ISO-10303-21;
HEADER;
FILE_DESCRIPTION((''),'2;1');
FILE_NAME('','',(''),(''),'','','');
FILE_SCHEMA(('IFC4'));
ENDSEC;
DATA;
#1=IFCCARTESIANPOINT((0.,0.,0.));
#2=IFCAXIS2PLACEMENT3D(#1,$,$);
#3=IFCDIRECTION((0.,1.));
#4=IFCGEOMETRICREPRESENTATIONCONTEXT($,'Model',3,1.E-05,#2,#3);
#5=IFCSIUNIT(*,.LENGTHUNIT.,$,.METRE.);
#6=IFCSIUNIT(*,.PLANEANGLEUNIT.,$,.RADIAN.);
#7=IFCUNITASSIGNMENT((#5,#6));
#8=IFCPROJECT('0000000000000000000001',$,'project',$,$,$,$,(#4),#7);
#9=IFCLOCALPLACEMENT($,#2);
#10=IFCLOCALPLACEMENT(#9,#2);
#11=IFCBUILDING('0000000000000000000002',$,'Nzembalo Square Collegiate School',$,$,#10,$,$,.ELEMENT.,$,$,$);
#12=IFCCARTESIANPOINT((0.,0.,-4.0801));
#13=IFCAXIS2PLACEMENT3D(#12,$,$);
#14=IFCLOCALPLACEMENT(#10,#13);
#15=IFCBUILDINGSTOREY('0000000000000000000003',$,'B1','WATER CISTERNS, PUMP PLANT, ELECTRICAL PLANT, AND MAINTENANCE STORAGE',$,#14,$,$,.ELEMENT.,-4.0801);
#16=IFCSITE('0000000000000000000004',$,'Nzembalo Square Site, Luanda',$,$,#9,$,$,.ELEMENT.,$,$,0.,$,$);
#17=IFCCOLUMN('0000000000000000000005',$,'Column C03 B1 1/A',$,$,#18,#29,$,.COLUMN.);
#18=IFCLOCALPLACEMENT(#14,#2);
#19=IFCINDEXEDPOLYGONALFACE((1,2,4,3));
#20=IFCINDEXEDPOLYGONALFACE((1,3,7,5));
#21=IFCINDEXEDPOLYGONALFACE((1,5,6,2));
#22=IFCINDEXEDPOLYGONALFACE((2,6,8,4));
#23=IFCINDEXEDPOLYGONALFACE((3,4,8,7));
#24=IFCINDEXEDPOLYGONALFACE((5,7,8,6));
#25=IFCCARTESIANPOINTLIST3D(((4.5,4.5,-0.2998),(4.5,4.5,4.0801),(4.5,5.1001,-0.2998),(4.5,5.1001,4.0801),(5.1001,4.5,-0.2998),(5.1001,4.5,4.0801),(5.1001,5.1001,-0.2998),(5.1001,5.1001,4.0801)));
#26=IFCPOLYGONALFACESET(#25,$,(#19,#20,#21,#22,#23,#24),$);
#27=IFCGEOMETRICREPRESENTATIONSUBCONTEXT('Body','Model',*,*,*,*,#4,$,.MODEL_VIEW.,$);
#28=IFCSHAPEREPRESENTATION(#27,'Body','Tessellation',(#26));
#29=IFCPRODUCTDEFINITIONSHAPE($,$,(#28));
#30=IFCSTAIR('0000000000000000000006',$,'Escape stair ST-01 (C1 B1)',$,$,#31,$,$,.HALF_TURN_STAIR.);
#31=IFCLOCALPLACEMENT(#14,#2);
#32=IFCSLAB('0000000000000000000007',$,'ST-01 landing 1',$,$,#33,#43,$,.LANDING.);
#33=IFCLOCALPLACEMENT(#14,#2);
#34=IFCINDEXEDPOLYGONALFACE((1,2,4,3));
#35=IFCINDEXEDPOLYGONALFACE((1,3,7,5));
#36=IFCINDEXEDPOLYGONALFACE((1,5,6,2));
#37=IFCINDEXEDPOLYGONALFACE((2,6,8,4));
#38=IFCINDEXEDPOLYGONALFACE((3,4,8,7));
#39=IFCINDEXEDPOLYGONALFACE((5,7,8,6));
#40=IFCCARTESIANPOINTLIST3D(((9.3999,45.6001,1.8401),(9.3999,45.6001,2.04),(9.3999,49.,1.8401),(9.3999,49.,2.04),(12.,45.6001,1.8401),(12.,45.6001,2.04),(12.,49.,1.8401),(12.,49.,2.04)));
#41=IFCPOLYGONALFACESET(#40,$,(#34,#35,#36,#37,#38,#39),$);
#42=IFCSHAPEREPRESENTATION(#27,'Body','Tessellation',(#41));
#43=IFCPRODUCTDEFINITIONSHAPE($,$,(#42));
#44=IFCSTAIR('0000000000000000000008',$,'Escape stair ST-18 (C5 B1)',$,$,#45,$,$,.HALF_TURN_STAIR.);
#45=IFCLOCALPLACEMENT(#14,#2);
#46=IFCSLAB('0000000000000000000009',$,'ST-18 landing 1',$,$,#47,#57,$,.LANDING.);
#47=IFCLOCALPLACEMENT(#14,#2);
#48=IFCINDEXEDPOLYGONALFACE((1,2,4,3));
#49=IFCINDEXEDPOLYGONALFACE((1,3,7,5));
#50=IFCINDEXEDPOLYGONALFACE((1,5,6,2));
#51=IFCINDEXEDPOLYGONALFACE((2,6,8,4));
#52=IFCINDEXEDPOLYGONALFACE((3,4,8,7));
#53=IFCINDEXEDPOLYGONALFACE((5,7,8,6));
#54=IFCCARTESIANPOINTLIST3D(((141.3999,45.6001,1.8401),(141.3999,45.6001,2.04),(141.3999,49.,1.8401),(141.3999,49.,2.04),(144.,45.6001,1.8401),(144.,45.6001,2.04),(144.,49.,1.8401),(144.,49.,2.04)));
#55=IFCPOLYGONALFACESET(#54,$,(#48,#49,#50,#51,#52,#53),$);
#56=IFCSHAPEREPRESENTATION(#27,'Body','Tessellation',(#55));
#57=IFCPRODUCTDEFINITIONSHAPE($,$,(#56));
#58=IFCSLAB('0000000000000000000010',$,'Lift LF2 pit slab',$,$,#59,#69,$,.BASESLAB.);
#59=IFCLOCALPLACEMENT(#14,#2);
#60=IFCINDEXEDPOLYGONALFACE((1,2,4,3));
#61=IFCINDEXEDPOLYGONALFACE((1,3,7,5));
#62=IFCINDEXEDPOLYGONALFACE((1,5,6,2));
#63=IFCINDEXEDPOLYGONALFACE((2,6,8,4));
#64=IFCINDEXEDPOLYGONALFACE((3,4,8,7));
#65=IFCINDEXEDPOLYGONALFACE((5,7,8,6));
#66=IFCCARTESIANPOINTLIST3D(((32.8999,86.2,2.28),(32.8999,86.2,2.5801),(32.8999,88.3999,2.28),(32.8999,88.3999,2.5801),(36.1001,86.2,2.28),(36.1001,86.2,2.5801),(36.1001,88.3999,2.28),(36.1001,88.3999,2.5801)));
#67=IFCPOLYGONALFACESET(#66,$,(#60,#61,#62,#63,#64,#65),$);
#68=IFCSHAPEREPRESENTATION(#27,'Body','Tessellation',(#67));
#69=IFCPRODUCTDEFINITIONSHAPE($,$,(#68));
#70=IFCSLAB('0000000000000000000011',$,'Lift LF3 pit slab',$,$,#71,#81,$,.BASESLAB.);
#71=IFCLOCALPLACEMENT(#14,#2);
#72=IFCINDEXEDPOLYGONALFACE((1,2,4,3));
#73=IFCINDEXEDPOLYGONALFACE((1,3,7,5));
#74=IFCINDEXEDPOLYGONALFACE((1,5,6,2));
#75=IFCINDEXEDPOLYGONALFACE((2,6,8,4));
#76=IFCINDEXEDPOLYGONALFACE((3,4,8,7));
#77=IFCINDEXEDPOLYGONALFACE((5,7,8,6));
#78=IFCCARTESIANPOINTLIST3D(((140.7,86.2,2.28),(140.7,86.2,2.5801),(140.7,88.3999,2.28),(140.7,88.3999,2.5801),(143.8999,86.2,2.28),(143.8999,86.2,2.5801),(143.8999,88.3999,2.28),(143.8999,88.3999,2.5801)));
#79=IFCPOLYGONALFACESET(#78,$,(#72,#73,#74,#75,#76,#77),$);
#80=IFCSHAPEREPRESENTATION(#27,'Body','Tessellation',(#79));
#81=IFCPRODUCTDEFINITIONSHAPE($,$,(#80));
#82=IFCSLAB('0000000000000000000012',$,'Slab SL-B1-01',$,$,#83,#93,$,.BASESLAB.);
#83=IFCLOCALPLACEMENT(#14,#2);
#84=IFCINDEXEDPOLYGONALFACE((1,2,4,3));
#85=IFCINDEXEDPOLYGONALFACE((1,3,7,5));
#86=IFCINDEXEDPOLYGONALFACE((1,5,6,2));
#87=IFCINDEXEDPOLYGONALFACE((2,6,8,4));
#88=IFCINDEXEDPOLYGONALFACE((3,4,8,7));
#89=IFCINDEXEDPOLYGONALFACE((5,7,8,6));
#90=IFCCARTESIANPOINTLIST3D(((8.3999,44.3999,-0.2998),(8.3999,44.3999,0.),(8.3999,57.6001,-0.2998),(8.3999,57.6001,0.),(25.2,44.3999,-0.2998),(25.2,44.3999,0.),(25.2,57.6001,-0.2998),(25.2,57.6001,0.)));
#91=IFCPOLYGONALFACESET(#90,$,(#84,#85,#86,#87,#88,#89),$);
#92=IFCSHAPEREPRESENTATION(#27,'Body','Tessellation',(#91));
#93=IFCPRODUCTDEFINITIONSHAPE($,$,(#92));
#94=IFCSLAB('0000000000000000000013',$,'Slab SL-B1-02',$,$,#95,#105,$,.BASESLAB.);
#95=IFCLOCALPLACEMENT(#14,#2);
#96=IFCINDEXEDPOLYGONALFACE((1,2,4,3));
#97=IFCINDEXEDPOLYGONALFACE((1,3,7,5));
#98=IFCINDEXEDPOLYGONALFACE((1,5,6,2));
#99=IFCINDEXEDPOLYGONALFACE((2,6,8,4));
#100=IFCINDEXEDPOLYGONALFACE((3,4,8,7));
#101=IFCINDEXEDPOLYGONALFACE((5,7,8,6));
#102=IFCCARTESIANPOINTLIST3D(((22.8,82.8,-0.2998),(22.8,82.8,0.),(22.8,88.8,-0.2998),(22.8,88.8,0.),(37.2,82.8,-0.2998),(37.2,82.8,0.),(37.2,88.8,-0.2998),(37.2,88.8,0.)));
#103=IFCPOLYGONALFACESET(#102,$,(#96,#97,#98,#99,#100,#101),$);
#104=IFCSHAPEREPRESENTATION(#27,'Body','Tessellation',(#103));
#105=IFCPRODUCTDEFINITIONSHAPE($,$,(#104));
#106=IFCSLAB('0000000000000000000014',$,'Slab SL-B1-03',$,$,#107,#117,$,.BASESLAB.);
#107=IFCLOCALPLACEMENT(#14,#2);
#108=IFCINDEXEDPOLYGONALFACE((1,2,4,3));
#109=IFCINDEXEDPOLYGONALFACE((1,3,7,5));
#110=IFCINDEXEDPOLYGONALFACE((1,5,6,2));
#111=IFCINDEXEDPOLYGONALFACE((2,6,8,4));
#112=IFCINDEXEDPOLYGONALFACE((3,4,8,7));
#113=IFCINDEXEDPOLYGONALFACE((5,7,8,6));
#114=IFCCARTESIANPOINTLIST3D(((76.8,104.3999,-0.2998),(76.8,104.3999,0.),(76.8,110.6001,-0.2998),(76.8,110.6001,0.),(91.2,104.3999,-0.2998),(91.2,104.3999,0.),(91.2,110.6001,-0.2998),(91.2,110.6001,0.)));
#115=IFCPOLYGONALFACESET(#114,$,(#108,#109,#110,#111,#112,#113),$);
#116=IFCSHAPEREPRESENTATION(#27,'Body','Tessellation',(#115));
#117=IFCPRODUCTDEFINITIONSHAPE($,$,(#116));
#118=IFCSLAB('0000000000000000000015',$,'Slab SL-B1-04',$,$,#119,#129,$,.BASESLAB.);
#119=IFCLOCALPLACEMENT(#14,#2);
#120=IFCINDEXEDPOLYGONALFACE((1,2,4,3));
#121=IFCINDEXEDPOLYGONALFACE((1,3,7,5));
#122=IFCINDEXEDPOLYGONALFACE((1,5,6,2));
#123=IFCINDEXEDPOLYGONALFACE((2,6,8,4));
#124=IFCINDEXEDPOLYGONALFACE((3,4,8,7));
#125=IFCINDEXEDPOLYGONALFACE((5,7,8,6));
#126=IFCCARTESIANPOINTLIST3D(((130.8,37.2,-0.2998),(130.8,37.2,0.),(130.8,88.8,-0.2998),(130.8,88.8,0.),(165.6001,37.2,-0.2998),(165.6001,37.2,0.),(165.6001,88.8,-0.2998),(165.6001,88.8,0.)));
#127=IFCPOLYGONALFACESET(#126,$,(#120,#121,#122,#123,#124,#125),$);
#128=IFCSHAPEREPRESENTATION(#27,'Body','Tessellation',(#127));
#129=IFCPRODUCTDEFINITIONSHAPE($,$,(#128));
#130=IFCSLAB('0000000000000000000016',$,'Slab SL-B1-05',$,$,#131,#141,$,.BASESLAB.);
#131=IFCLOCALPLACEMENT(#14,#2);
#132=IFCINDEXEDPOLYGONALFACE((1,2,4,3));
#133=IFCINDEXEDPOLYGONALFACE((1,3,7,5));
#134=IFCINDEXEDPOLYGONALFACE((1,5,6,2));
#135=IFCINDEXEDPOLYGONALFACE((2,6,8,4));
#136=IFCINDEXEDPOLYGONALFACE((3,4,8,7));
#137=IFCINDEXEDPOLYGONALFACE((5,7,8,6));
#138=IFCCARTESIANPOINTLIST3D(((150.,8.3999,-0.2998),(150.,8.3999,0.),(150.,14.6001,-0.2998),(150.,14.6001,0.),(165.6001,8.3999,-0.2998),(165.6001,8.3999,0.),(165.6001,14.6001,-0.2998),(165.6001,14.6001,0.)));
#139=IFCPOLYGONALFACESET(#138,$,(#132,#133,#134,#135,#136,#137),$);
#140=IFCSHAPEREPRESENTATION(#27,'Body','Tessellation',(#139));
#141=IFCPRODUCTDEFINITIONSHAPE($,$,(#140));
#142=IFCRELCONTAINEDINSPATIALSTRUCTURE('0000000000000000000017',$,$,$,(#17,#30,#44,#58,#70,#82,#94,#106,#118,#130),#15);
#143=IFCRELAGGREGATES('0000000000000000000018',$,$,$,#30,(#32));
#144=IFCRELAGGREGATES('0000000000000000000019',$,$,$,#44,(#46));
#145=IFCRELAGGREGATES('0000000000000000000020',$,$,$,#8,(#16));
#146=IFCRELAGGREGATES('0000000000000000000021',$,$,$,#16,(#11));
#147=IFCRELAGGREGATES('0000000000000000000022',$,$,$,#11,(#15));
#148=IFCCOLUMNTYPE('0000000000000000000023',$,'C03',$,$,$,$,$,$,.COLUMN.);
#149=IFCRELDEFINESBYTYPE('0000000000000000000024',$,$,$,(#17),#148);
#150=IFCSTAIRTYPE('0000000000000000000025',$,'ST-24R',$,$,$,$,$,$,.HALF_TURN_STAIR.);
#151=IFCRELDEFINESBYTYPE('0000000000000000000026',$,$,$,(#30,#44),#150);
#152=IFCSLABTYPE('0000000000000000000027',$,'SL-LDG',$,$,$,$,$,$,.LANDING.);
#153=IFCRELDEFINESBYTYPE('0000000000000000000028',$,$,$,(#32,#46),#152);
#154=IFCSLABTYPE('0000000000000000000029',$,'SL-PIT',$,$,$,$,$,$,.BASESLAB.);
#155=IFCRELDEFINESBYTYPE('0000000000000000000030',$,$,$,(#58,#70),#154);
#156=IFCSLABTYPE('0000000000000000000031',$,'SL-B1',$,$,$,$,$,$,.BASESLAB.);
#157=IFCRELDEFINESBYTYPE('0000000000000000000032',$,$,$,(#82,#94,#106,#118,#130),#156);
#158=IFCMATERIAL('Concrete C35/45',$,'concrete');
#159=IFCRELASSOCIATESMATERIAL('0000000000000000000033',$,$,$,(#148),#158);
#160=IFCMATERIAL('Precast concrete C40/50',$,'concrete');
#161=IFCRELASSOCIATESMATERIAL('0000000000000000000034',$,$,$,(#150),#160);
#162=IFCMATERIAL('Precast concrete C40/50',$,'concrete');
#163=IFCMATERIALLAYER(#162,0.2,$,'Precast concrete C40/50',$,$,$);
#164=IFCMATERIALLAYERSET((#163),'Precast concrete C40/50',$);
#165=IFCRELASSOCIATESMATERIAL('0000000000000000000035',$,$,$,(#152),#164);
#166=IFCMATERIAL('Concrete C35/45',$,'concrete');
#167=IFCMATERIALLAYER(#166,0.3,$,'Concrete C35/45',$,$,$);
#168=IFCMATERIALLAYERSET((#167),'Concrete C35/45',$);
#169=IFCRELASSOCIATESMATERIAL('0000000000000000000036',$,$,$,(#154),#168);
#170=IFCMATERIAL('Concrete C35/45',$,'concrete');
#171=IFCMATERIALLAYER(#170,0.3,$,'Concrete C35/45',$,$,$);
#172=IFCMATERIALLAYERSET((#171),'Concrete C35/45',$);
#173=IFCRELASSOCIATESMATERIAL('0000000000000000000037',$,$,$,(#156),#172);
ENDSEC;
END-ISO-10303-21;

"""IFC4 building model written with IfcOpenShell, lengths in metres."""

from ifc_helpers import new_model, si_unit, direction, frame, origin, origin_2d, place, context, subcontext, project, spatial, polyline, rectangle, outline, extrude, material, layer, layer_set, material_profile, profile_set, type_object, element, aggregate, save


model = new_model("IFC4")

# Units and contexts
model_context = context("Model", 3, precision=1e-05, world=origin(), true_north=direction((0.0, 1.0)))
body_context = subcontext(model_context, "Body", "Model", "MODEL_VIEW")
ifc_project = project(units=[si_unit("LENGTHUNIT", "METRE"), si_unit("PLANEANGLEUNIT", "RADIAN")], contexts=[model_context])

# Site, building, storey
site_placement = place(None, origin())
site = spatial("IfcSite", under=ifc_project, at=site_placement, Name="Nzembalo Square Site, Luanda", CompositionType="ELEMENT", RefElevation=0.0)
building_placement = place(site_placement, origin())
building = spatial("IfcBuilding", under=site, at=building_placement, Name="Nzembalo Square Collegiate School", CompositionType="ELEMENT")
storey_placement = place(building_placement, frame((0.0, 0.0, -4.0801)))
storey = spatial("IfcBuildingStorey", under=building, at=storey_placement, Name="B1", Description="WATER CISTERNS, PUMP PLANT, ELECTRICAL PLANT, AND MAINTENANCE STORAGE", CompositionType="ELEMENT", Elevation=-4.0801)

# Column
ifc_material_1 = material(Name="Concrete C35/45", Category="concrete")
ifc_material_profile_1 = material_profile(ifc_material_1, rectangle(XDim=0.6001, YDim=0.6001, at=origin_2d()), Name="RC 600x600")
ifc_profile_set_1 = profile_set([ifc_material_profile_1], Name="Concrete C35/45")
column_type = type_object("IfcColumnType", Name="C03", PredefinedType="COLUMN", material=ifc_profile_set_1)
column_placement = place(storey_placement, frame((4.8, 4.8, -0.2998), z_axis=(0.0, 0.0, 1.0), x_axis=(1.0, 0.0, 0.0)))
element("IfcColumn", 1, at=column_placement, inside=storey, type_object=column_type, Name="Column C03 B1 1/A", PredefinedType="COLUMN", context=body_context, shape_type="SweptSolid", body=[
    extrude(rectangle(XDim=0.6001, YDim=0.6001, at=origin_2d()), origin(), (0.0, 0.0, 1.0), 4.3799),
])

# Stairs, slabs
ifc_material_2 = material(Name="Precast concrete C40/50", Category="concrete")
stair_type = type_object("IfcStairType", Name="ST-24R", PredefinedType="HALF_TURN_STAIR", material=ifc_material_2)
stair_1_placement = place(storey_placement, origin())
stair_1 = element("IfcStair", 2, at=stair_1_placement, inside=storey, type_object=stair_type, Name="Escape stair ST-01 (C1 B1)", PredefinedType="HALF_TURN_STAIR")
ifc_material_3 = material(Name="Precast concrete C40/50", Category="concrete")
ifc_layer_1 = layer(ifc_material_3, 0.2, Name="Precast concrete C40/50")
ifc_layer_set_1 = layer_set([ifc_layer_1], Name="Precast concrete C40/50")
slab_type_1 = type_object("IfcSlabType", Name="SL-LDG", PredefinedType="LANDING", material=ifc_layer_set_1)
slab_1_placement = place(storey_placement, frame((0.0, 0.0, 1.8401)))
slab_1 = element("IfcSlab", 3, at=slab_1_placement, type_object=slab_type_1, Name="ST-01 landing 1", PredefinedType="LANDING", context=body_context, shape_type="SweptSolid", body=[
    extrude(outline(polyline([(12.0, 49.0), (9.3999, 49.0), (9.3999, 45.6001), (12.0, 45.6001), (12.0, 49.0)])), origin(), (0.0, 0.0, 1.0), 0.2),
])
aggregate(stair_1, [slab_1])
stair_2_placement = place(storey_placement, origin())
stair_2 = element("IfcStair", 4, at=stair_2_placement, inside=storey, type_object=stair_type, Name="Escape stair ST-18 (C5 B1)", PredefinedType="HALF_TURN_STAIR")
slab_2_placement = place(storey_placement, frame((0.0, 0.0, 1.8401)))
slab_2 = element("IfcSlab", 5, at=slab_2_placement, type_object=slab_type_1, Name="ST-18 landing 1", PredefinedType="LANDING", context=body_context, shape_type="SweptSolid", body=[
    extrude(outline(polyline([(144.0, 49.0), (141.3999, 49.0), (141.3999, 45.6001), (144.0, 45.6001), (144.0, 49.0)])), origin(), (0.0, 0.0, 1.0), 0.2),
])
aggregate(stair_2, [slab_2])

# Slabs
ifc_material_4 = material(Name="Concrete C35/45", Category="concrete")
ifc_layer_2 = layer(ifc_material_4, 0.3, Name="Concrete C35/45")
ifc_layer_set_2 = layer_set([ifc_layer_2], Name="Concrete C35/45")
slab_type_2 = type_object("IfcSlabType", Name="SL-PIT", PredefinedType="BASESLAB", material=ifc_layer_set_2)
slab_3_placement = place(storey_placement, frame((0.0, 0.0, 2.28)))
element("IfcSlab", 6, at=slab_3_placement, inside=storey, type_object=slab_type_2, Name="Lift LF2 pit slab", PredefinedType="BASESLAB", context=body_context, shape_type="SweptSolid", body=[
    extrude(outline(polyline([(32.8999, 86.2), (36.1001, 86.2), (36.1001, 88.3999), (32.8999, 88.3999), (32.8999, 86.2)])), origin(), (0.0, 0.0, 1.0), 0.3),
])
slab_4_placement = place(storey_placement, frame((0.0, 0.0, 2.28)))
element("IfcSlab", 7, at=slab_4_placement, inside=storey, type_object=slab_type_2, Name="Lift LF3 pit slab", PredefinedType="BASESLAB", context=body_context, shape_type="SweptSolid", body=[
    extrude(outline(polyline([(140.7, 86.2), (143.8999, 86.2), (143.8999, 88.3999), (140.7, 88.3999), (140.7, 86.2)])), origin(), (0.0, 0.0, 1.0), 0.3),
])
ifc_material_5 = material(Name="Concrete C35/45", Category="concrete")
ifc_layer_3 = layer(ifc_material_5, 0.3, Name="Concrete C35/45")
ifc_layer_set_3 = layer_set([ifc_layer_3], Name="Concrete C35/45")
slab_type_3 = type_object("IfcSlabType", Name="SL-B1", PredefinedType="BASESLAB", material=ifc_layer_set_3)
slab_5_placement = place(storey_placement, frame((0.0, 0.0, -0.2998)))
element("IfcSlab", 8, at=slab_5_placement, inside=storey, type_object=slab_type_3, Name="Slab SL-B1-01", PredefinedType="BASESLAB", context=body_context, shape_type="SweptSolid", body=[
    extrude(outline(polyline([(8.3999, 44.3999), (25.2, 44.3999), (25.2, 57.6001), (8.3999, 57.6001), (8.3999, 44.3999)])), origin(), (0.0, 0.0, 1.0), 0.2998),
])
slab_6_placement = place(storey_placement, frame((0.0, 0.0, -0.2998)))
element("IfcSlab", 9, at=slab_6_placement, inside=storey, type_object=slab_type_3, Name="Slab SL-B1-02", PredefinedType="BASESLAB", context=body_context, shape_type="SweptSolid", body=[
    extrude(outline(polyline([(22.8, 82.8), (37.2, 82.8), (37.2, 88.8), (22.8, 88.8), (22.8, 82.8)])), origin(), (0.0, 0.0, 1.0), 0.2998),
])
slab_7_placement = place(storey_placement, frame((0.0, 0.0, -0.2998)))
element("IfcSlab", 10, at=slab_7_placement, inside=storey, type_object=slab_type_3, Name="Slab SL-B1-03", PredefinedType="BASESLAB", context=body_context, shape_type="SweptSolid", body=[
    extrude(outline(polyline([(76.8, 104.3999), (91.2, 104.3999), (91.2, 110.6001), (76.8, 110.6001), (76.8, 104.3999)])), origin(), (0.0, 0.0, 1.0), 0.2998),
])
slab_8_placement = place(storey_placement, frame((0.0, 0.0, -0.2998)))
element("IfcSlab", 11, at=slab_8_placement, inside=storey, type_object=slab_type_3, Name="Slab SL-B1-04", PredefinedType="BASESLAB", context=body_context, shape_type="SweptSolid", body=[
    extrude(outline(polyline([(130.8, 37.2), (165.6001, 37.2), (165.6001, 88.8), (130.8, 88.8), (130.8, 37.2)])), origin(), (0.0, 0.0, 1.0), 0.2998),
])
slab_9_placement = place(storey_placement, frame((0.0, 0.0, -0.2998)))
element("IfcSlab", 12, at=slab_9_placement, inside=storey, type_object=slab_type_3, Name="Slab SL-B1-05", PredefinedType="BASESLAB", context=body_context, shape_type="SweptSolid", body=[
    extrude(outline(polyline([(150.0, 8.3999), (165.6001, 8.3999), (165.6001, 14.6001), (150.0, 14.6001), (150.0, 8.3999)])), origin(), (0.0, 0.0, 1.0), 0.2998),
])

save(model, "model.ifc")
